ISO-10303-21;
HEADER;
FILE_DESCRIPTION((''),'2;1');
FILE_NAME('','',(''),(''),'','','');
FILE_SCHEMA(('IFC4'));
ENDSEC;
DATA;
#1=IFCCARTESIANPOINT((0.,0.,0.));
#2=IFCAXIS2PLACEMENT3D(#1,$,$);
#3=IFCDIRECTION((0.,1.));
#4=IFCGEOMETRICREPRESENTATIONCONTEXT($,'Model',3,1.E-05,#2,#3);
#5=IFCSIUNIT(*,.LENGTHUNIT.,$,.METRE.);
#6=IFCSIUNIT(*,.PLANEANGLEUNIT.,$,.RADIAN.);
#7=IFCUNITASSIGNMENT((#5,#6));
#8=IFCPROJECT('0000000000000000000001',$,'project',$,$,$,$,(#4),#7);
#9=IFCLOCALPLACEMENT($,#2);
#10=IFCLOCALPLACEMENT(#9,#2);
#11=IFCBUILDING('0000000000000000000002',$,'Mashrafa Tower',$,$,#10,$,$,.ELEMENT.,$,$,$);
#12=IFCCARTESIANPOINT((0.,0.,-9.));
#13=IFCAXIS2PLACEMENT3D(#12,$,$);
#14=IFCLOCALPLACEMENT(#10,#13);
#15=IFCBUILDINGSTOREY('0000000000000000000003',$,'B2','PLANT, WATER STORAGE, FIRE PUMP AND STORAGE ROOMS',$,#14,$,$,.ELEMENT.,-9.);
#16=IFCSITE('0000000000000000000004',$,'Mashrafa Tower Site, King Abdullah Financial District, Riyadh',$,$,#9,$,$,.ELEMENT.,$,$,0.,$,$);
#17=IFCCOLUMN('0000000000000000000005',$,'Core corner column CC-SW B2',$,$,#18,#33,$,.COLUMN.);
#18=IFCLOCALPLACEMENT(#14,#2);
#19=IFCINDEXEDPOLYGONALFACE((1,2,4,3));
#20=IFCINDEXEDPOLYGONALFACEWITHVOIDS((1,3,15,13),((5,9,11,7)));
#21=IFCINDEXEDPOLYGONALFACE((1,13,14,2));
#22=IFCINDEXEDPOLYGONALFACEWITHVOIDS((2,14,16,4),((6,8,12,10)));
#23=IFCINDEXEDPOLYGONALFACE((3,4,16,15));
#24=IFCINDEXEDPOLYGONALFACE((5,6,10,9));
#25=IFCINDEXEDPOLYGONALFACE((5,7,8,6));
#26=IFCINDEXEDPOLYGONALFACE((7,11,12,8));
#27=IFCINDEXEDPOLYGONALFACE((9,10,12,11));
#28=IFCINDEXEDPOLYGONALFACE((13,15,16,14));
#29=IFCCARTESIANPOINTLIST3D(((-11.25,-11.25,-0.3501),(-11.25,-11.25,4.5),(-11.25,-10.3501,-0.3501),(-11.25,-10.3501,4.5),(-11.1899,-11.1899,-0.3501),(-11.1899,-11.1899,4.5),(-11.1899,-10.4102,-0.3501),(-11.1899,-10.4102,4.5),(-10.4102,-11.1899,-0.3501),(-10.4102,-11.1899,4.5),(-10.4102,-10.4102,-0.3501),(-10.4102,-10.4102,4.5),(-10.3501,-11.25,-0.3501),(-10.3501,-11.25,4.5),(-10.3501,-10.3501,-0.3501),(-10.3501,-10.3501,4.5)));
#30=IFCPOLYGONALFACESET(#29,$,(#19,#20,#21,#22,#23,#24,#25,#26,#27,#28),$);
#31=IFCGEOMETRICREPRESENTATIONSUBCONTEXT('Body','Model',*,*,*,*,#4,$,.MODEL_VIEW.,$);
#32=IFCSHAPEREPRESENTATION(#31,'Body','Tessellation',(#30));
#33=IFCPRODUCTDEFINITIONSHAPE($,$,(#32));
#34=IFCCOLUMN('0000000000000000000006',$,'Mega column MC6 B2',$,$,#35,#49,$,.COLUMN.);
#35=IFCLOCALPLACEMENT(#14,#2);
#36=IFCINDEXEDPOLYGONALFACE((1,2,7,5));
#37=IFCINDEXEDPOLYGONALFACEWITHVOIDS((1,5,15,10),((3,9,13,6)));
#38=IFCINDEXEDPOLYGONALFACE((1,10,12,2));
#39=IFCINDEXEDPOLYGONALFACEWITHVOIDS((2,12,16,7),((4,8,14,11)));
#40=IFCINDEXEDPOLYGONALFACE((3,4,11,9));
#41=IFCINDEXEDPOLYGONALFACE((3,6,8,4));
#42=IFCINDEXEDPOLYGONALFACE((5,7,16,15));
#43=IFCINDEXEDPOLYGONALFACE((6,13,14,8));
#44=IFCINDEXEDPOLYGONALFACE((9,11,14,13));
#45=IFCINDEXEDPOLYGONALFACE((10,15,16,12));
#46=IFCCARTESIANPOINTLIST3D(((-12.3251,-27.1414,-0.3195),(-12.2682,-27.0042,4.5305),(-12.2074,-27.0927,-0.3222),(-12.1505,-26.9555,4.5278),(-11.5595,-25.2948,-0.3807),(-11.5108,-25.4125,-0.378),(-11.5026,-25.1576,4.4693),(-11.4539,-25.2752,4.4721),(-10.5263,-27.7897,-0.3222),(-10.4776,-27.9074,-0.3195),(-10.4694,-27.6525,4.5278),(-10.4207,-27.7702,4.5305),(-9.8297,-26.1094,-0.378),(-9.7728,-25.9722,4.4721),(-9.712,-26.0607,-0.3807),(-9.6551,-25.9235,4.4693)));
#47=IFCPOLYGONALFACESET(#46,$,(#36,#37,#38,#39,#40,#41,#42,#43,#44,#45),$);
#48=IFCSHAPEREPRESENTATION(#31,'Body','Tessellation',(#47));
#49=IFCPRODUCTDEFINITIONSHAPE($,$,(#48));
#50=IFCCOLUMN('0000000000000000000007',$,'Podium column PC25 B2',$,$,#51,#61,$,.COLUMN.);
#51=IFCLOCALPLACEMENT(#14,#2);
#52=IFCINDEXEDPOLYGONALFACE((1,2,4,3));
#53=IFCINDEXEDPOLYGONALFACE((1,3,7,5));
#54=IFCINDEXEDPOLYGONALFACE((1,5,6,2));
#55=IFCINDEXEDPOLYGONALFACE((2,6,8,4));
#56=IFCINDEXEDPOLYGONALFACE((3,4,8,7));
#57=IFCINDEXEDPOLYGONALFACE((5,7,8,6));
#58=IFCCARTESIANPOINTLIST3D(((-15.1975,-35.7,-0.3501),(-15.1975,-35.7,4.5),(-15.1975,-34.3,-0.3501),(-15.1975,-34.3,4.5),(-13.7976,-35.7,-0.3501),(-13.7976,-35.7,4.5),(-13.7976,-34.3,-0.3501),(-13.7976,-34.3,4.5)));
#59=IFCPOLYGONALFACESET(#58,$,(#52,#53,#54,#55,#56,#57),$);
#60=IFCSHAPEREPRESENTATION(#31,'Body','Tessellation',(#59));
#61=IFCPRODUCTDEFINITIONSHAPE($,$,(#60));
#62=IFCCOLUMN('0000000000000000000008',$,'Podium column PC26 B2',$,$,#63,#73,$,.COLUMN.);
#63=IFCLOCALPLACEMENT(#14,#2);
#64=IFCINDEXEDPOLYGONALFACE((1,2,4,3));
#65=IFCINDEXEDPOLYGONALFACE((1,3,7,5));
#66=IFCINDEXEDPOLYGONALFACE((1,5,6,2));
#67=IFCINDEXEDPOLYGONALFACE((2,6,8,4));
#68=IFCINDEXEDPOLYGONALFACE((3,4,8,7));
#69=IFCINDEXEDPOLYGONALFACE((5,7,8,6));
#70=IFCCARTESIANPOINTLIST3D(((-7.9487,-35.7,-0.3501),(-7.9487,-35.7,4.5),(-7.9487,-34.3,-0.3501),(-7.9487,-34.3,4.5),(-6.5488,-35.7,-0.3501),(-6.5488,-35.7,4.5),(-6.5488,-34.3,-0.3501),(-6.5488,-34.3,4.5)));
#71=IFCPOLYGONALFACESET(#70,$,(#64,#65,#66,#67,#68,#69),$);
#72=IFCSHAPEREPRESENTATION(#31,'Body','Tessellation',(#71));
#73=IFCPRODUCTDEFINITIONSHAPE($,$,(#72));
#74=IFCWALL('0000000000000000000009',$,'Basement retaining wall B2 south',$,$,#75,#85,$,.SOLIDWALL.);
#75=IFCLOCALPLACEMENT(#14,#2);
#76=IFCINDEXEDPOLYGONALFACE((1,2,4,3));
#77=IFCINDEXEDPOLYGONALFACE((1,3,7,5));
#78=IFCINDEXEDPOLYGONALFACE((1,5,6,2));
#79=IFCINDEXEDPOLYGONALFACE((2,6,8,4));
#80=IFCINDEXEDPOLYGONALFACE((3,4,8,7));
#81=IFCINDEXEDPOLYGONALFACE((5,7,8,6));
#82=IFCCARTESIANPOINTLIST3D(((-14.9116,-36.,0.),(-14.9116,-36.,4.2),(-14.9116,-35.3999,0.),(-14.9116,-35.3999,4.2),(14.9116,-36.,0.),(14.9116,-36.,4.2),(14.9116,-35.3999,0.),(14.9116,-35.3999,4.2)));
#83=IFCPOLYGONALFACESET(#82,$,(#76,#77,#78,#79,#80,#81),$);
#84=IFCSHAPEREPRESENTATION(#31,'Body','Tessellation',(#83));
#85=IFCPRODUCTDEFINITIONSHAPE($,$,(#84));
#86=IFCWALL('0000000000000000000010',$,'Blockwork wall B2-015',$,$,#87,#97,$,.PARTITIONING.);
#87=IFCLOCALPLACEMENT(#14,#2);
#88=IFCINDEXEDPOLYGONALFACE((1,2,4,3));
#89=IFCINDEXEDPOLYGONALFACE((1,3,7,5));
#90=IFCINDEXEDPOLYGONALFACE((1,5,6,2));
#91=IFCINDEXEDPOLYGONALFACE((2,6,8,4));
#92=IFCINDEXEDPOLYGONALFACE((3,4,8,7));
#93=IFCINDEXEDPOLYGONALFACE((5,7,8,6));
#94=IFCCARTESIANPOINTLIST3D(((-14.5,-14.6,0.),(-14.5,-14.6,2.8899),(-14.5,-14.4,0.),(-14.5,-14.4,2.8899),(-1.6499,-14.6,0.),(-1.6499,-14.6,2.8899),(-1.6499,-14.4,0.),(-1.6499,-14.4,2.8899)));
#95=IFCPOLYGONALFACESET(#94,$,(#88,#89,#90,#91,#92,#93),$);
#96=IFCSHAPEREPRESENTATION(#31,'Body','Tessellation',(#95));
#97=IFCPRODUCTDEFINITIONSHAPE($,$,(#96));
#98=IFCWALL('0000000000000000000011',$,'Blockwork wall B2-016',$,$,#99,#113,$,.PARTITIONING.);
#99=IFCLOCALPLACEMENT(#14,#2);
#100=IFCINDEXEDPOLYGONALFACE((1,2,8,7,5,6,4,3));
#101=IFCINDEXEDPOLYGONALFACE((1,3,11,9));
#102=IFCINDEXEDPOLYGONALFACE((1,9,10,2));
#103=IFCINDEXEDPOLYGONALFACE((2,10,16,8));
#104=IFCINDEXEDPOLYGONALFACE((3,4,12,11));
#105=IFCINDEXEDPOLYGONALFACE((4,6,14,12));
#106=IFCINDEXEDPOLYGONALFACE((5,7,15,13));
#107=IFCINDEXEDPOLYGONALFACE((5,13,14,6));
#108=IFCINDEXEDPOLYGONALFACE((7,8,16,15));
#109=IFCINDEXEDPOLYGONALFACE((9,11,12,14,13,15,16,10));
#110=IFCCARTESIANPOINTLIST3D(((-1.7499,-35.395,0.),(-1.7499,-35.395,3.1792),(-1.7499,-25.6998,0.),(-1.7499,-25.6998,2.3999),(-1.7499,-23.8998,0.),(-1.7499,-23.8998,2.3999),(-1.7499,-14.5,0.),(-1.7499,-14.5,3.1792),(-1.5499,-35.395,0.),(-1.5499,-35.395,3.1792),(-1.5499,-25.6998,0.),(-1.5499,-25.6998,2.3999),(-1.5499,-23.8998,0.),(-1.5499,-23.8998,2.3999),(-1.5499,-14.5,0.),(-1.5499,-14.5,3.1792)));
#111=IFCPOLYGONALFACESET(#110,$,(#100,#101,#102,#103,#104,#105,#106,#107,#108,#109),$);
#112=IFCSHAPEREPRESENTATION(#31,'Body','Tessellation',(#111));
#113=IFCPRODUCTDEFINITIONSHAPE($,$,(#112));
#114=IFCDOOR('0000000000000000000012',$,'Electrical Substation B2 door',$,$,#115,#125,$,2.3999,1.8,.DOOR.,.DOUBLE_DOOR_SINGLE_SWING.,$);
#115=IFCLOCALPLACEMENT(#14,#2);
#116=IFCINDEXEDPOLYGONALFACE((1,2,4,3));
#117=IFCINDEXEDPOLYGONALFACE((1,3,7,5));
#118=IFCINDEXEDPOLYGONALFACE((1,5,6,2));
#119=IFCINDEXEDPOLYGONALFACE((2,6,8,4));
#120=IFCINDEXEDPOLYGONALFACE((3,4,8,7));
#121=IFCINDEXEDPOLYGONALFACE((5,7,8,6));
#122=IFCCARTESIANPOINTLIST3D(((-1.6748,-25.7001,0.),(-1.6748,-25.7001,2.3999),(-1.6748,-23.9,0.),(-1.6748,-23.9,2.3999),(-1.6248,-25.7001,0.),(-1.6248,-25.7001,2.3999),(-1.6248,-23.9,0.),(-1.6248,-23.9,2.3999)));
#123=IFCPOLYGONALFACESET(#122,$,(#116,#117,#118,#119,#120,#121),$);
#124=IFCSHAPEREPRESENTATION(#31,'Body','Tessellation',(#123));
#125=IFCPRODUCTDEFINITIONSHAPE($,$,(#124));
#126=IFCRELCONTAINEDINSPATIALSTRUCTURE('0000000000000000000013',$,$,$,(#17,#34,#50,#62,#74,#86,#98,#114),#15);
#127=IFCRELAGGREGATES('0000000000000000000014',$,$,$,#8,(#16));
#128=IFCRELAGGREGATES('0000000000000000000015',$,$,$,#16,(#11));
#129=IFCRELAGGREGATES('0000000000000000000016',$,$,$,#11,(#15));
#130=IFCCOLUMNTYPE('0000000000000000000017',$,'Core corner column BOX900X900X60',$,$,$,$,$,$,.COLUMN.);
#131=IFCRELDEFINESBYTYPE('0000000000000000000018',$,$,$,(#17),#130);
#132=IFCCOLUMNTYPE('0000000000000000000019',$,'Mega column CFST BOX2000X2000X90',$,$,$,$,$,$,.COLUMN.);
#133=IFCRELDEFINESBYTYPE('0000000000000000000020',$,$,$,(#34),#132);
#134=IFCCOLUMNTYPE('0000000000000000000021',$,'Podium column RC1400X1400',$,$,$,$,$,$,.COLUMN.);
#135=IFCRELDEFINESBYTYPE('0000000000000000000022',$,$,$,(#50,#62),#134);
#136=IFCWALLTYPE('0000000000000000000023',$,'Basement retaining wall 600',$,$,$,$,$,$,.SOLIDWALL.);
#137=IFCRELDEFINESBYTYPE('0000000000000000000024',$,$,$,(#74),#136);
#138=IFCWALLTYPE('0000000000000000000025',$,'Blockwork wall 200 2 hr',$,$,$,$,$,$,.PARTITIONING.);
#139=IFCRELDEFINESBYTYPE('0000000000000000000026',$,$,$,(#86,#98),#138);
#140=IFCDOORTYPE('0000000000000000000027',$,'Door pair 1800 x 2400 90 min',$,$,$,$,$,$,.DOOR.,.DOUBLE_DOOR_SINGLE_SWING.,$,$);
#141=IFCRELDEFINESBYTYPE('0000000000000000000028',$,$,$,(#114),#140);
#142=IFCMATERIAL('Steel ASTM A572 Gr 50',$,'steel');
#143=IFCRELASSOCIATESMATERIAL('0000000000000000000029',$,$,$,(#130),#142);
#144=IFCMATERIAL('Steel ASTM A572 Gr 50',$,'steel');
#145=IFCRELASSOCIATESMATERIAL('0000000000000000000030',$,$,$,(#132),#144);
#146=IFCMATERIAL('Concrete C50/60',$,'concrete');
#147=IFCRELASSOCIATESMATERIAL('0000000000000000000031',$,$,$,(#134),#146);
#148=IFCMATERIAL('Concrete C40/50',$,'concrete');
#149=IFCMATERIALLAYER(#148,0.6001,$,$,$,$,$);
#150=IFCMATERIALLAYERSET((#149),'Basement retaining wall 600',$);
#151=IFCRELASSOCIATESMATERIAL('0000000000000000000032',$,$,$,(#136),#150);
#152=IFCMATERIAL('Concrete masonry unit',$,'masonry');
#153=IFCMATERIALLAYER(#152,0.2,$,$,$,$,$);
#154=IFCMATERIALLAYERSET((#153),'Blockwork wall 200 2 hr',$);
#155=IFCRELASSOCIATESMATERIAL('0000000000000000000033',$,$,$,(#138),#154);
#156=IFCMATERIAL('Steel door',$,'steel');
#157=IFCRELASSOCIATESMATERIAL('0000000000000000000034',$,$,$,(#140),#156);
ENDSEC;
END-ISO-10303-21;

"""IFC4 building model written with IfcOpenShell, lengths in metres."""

from ifc_helpers import new_model, si_unit, direction, frame, frame_2d, origin, origin_2d, place, context, subcontext, project, spatial, rectangle, hollow_rectangle, extrude, material, layer, layer_set, material_profile, profile_set, type_object, element, fill, save


model = new_model("IFC4")

# Units and contexts
model_context = context("Model", 3, precision=1e-05, world=origin(), true_north=direction((0.0, 1.0)))
body_context = subcontext(model_context, "Body", "Model", "MODEL_VIEW")
ifc_project = project(units=[si_unit("LENGTHUNIT", "METRE"), si_unit("PLANEANGLEUNIT", "RADIAN")], contexts=[model_context])

# Site, building, storey
site_placement = place(None, origin())
site = spatial("IfcSite", under=ifc_project, at=site_placement, Name="Mashrafa Tower Site, King Abdullah Financial District, Riyadh", CompositionType="ELEMENT", RefElevation=0.0)
building_placement = place(site_placement, origin())
building = spatial("IfcBuilding", under=site, at=building_placement, Name="Mashrafa Tower", CompositionType="ELEMENT")
storey_placement = place(building_placement, frame((0.0, 0.0, -9.0)))
storey = spatial("IfcBuildingStorey", under=building, at=storey_placement, Name="B2", Description="PLANT, WATER STORAGE, FIRE PUMP AND STORAGE ROOMS", CompositionType="ELEMENT", Elevation=-9.0)

# Columns
ifc_material_1 = material(Name="Steel ASTM A572 Gr 50", Category="steel")
ifc_material_profile_1 = material_profile(ifc_material_1, hollow_rectangle(XDim=0.8999, YDim=0.8999, WallThickness=0.0601, at=origin_2d()), Name="BOX900X900X60")
ifc_profile_set_1 = profile_set([ifc_material_profile_1], Name="Steel ASTM A572 Gr 50")
column_type_1 = type_object("IfcColumnType", Name="Core corner column BOX900X900X60", PredefinedType="COLUMN", material=ifc_profile_set_1)
column_1_placement = place(storey_placement, frame((-10.8, -10.8, -0.3501), z_axis=(0.0, 0.0, 1.0), x_axis=(1.0, 0.0, 0.0)))
element("IfcColumn", 1, at=column_1_placement, inside=storey, type_object=column_type_1, Name="Core corner column CC-SW B2", PredefinedType="COLUMN", context=body_context, shape_type="SweptSolid", body=[
    extrude(hollow_rectangle(XDim=0.8999, YDim=0.8999, WallThickness=0.0601, at=origin_2d()), origin(), (0.0, 0.0, 1.0), 4.8501),
])
ifc_material_2 = material(Name="Steel ASTM A572 Gr 50", Category="steel")
ifc_material_profile_2 = material_profile(ifc_material_2, hollow_rectangle(XDim=2.0, YDim=2.0, WallThickness=0.0901, at=origin_2d()), Name="BOX2000X2000X90")
ifc_profile_set_2 = profile_set([ifc_material_profile_2], Name="Steel ASTM A572 Gr 50")
column_type_2 = type_object("IfcColumnType", Name="Mega column CFST BOX2000X2000X90", PredefinedType="COLUMN", material=ifc_profile_set_2)
column_2_placement = place(storey_placement, frame((-11.0186, -26.6011, -0.3501), z_axis=(0.011723, 0.028276, 0.999531), x_axis=(-0.923756, 0.382981, 0.0)))
element("IfcColumn", 2, at=column_2_placement, inside=storey, type_object=column_type_2, Name="Mega column MC6 B2", PredefinedType="COLUMN", context=body_context, shape_type="SweptSolid", body=[
    extrude(hollow_rectangle(XDim=2.0, YDim=2.0, WallThickness=0.0901, at=origin_2d()), origin(), (0.0, 0.0, 1.0), 4.8523),
])
ifc_material_3 = material(Name="Concrete C50/60", Category="concrete")
ifc_material_profile_3 = material_profile(ifc_material_3, rectangle(XDim=1.3999, YDim=1.3999, at=origin_2d()), Name="RC1400X1400")
ifc_profile_set_3 = profile_set([ifc_material_profile_3], Name="Concrete C50/60")
column_type_3 = type_object("IfcColumnType", Name="Podium column RC1400X1400", PredefinedType="COLUMN", material=ifc_profile_set_3)
for number, where, z_axis, x_axis, name in (
    (3, (-14.4976, -35.0, -0.3501), (0.0, 0.0, 1.0), (1.0, 0.0, 0.0), "Podium column PC25 B2"),
    (4, (-7.2488, -35.0, -0.3501), (0.0, 0.0, 1.0), (1.0, 0.0, 0.0), "Podium column PC26 B2"),
):
    element("IfcColumn", number, at=place(storey_placement, frame(where, z_axis=z_axis, x_axis=x_axis)), inside=storey, type_object=column_type_3, Name=name, PredefinedType="COLUMN", context=body_context, shape_type="SweptSolid", body=[
        extrude(rectangle(XDim=1.3999, YDim=1.3999, at=origin_2d()), origin(), (0.0, 0.0, 1.0), 4.8501),
    ])

# Walls
ifc_material_4 = material(Name="Concrete C40/50", Category="concrete")
ifc_layer_1 = layer(ifc_material_4, 0.6001)
ifc_layer_set_1 = layer_set([ifc_layer_1], Name="Basement retaining wall 600")
wall_type_1 = type_object("IfcWallType", Name="Basement retaining wall 600", PredefinedType="SOLIDWALL", material=ifc_layer_set_1)
wall_1_placement = place(storey_placement, frame((-14.9116, -35.7, 0.0), z_axis=(0.0, 0.0, 1.0), x_axis=(1.0, 0.0, 0.0)))
element("IfcWall", 5, at=wall_1_placement, inside=storey, type_object=wall_type_1, Name="Basement retaining wall B2 south", PredefinedType="SOLIDWALL", context=body_context, shape_type="SweptSolid", body=[
    extrude(rectangle(XDim=29.8232, YDim=0.6001, at=frame_2d((14.9116, 0.0))), origin(), (0.0, 0.0, 1.0), 4.2),
])
ifc_material_5 = material(Name="Concrete masonry unit", Category="masonry")
ifc_layer_2 = layer(ifc_material_5, 0.2)
ifc_layer_set_2 = layer_set([ifc_layer_2], Name="Blockwork wall 200 2 hr")
wall_type_2 = type_object("IfcWallType", Name="Blockwork wall 200 2 hr", PredefinedType="PARTITIONING", material=ifc_layer_set_2)
wall_2_placement = place(storey_placement, frame((-14.5, -14.5, 0.0), z_axis=(0.0, 0.0, 1.0), x_axis=(1.0, 0.0, 0.0)))
element("IfcWall", 6, at=wall_2_placement, inside=storey, type_object=wall_type_2, Name="Blockwork wall B2-015", PredefinedType="PARTITIONING", context=body_context, shape_type="SweptSolid", body=[
    extrude(rectangle(XDim=12.8501, YDim=0.2, at=frame_2d((6.425, 0.0))), origin(), (0.0, 0.0, 1.0), 2.8899),
])

# Wall, opening, door
wall_3_placement = place(storey_placement, frame((-1.6499, -14.5, 0.0), z_axis=(0.0, 0.0, 1.0), x_axis=(0.0, -1.0, 0.0)))
wall_3 = element("IfcWall", 7, at=wall_3_placement, inside=storey, type_object=wall_type_2, Name="Blockwork wall B2-016", PredefinedType="PARTITIONING", context=body_context, shape_type="SweptSolid", body=[
    extrude(rectangle(XDim=20.895, YDim=0.2, at=frame_2d((10.4475, 0.0))), origin(), (0.0, 0.0, 1.0), 3.1792),
])
opening_placement = place(wall_3_placement, frame((9.3999, 0.0, 0.0)))
opening = element("IfcOpeningElement", 8, at=opening_placement, cuts=wall_3, PredefinedType="OPENING", context=body_context, shape_type="SweptSolid", body=[
    extrude(rectangle(XDim=1.8, YDim=2.3999, at=frame_2d((0.8999, 1.2))), frame((0.0, 0.1099, 0.0), z_axis=(0.0, -1.0, 0.0), x_axis=(1.0, 0.0, 0.0)), (0.0, 0.0, 1.0), 0.22),
])
ifc_material_6 = material(Name="Steel door", Category="steel")
door_type = type_object("IfcDoorType", Name="Door pair 1800 x 2400 90 min", OperationType="DOUBLE_DOOR_SINGLE_SWING", PredefinedType="DOOR", material=ifc_material_6)
door_placement = place(opening_placement, frame((1.8, 0.0, 0.0), z_axis=(0.0, 0.0, 1.0), x_axis=(-1.0, 0.0, 0.0)))
door = element("IfcDoor", 9, at=door_placement, inside=storey, type_object=door_type, Name="Electrical Substation B2 door", OperationType="DOUBLE_DOOR_SINGLE_SWING", OverallHeight=2.3999, OverallWidth=1.8, PredefinedType="DOOR", context=body_context, shape_type="SweptSolid", body=[
    extrude(rectangle(XDim=1.8, YDim=2.3999, at=frame_2d((0.8999, 1.2))), frame((0.0, 0.0249, 0.0), z_axis=(0.0, -1.0, 0.0), x_axis=(1.0, 0.0, 0.0)), (0.0, 0.0, 1.0), 0.05),
])
fill(opening, door)

save(model, "model.ifc")
